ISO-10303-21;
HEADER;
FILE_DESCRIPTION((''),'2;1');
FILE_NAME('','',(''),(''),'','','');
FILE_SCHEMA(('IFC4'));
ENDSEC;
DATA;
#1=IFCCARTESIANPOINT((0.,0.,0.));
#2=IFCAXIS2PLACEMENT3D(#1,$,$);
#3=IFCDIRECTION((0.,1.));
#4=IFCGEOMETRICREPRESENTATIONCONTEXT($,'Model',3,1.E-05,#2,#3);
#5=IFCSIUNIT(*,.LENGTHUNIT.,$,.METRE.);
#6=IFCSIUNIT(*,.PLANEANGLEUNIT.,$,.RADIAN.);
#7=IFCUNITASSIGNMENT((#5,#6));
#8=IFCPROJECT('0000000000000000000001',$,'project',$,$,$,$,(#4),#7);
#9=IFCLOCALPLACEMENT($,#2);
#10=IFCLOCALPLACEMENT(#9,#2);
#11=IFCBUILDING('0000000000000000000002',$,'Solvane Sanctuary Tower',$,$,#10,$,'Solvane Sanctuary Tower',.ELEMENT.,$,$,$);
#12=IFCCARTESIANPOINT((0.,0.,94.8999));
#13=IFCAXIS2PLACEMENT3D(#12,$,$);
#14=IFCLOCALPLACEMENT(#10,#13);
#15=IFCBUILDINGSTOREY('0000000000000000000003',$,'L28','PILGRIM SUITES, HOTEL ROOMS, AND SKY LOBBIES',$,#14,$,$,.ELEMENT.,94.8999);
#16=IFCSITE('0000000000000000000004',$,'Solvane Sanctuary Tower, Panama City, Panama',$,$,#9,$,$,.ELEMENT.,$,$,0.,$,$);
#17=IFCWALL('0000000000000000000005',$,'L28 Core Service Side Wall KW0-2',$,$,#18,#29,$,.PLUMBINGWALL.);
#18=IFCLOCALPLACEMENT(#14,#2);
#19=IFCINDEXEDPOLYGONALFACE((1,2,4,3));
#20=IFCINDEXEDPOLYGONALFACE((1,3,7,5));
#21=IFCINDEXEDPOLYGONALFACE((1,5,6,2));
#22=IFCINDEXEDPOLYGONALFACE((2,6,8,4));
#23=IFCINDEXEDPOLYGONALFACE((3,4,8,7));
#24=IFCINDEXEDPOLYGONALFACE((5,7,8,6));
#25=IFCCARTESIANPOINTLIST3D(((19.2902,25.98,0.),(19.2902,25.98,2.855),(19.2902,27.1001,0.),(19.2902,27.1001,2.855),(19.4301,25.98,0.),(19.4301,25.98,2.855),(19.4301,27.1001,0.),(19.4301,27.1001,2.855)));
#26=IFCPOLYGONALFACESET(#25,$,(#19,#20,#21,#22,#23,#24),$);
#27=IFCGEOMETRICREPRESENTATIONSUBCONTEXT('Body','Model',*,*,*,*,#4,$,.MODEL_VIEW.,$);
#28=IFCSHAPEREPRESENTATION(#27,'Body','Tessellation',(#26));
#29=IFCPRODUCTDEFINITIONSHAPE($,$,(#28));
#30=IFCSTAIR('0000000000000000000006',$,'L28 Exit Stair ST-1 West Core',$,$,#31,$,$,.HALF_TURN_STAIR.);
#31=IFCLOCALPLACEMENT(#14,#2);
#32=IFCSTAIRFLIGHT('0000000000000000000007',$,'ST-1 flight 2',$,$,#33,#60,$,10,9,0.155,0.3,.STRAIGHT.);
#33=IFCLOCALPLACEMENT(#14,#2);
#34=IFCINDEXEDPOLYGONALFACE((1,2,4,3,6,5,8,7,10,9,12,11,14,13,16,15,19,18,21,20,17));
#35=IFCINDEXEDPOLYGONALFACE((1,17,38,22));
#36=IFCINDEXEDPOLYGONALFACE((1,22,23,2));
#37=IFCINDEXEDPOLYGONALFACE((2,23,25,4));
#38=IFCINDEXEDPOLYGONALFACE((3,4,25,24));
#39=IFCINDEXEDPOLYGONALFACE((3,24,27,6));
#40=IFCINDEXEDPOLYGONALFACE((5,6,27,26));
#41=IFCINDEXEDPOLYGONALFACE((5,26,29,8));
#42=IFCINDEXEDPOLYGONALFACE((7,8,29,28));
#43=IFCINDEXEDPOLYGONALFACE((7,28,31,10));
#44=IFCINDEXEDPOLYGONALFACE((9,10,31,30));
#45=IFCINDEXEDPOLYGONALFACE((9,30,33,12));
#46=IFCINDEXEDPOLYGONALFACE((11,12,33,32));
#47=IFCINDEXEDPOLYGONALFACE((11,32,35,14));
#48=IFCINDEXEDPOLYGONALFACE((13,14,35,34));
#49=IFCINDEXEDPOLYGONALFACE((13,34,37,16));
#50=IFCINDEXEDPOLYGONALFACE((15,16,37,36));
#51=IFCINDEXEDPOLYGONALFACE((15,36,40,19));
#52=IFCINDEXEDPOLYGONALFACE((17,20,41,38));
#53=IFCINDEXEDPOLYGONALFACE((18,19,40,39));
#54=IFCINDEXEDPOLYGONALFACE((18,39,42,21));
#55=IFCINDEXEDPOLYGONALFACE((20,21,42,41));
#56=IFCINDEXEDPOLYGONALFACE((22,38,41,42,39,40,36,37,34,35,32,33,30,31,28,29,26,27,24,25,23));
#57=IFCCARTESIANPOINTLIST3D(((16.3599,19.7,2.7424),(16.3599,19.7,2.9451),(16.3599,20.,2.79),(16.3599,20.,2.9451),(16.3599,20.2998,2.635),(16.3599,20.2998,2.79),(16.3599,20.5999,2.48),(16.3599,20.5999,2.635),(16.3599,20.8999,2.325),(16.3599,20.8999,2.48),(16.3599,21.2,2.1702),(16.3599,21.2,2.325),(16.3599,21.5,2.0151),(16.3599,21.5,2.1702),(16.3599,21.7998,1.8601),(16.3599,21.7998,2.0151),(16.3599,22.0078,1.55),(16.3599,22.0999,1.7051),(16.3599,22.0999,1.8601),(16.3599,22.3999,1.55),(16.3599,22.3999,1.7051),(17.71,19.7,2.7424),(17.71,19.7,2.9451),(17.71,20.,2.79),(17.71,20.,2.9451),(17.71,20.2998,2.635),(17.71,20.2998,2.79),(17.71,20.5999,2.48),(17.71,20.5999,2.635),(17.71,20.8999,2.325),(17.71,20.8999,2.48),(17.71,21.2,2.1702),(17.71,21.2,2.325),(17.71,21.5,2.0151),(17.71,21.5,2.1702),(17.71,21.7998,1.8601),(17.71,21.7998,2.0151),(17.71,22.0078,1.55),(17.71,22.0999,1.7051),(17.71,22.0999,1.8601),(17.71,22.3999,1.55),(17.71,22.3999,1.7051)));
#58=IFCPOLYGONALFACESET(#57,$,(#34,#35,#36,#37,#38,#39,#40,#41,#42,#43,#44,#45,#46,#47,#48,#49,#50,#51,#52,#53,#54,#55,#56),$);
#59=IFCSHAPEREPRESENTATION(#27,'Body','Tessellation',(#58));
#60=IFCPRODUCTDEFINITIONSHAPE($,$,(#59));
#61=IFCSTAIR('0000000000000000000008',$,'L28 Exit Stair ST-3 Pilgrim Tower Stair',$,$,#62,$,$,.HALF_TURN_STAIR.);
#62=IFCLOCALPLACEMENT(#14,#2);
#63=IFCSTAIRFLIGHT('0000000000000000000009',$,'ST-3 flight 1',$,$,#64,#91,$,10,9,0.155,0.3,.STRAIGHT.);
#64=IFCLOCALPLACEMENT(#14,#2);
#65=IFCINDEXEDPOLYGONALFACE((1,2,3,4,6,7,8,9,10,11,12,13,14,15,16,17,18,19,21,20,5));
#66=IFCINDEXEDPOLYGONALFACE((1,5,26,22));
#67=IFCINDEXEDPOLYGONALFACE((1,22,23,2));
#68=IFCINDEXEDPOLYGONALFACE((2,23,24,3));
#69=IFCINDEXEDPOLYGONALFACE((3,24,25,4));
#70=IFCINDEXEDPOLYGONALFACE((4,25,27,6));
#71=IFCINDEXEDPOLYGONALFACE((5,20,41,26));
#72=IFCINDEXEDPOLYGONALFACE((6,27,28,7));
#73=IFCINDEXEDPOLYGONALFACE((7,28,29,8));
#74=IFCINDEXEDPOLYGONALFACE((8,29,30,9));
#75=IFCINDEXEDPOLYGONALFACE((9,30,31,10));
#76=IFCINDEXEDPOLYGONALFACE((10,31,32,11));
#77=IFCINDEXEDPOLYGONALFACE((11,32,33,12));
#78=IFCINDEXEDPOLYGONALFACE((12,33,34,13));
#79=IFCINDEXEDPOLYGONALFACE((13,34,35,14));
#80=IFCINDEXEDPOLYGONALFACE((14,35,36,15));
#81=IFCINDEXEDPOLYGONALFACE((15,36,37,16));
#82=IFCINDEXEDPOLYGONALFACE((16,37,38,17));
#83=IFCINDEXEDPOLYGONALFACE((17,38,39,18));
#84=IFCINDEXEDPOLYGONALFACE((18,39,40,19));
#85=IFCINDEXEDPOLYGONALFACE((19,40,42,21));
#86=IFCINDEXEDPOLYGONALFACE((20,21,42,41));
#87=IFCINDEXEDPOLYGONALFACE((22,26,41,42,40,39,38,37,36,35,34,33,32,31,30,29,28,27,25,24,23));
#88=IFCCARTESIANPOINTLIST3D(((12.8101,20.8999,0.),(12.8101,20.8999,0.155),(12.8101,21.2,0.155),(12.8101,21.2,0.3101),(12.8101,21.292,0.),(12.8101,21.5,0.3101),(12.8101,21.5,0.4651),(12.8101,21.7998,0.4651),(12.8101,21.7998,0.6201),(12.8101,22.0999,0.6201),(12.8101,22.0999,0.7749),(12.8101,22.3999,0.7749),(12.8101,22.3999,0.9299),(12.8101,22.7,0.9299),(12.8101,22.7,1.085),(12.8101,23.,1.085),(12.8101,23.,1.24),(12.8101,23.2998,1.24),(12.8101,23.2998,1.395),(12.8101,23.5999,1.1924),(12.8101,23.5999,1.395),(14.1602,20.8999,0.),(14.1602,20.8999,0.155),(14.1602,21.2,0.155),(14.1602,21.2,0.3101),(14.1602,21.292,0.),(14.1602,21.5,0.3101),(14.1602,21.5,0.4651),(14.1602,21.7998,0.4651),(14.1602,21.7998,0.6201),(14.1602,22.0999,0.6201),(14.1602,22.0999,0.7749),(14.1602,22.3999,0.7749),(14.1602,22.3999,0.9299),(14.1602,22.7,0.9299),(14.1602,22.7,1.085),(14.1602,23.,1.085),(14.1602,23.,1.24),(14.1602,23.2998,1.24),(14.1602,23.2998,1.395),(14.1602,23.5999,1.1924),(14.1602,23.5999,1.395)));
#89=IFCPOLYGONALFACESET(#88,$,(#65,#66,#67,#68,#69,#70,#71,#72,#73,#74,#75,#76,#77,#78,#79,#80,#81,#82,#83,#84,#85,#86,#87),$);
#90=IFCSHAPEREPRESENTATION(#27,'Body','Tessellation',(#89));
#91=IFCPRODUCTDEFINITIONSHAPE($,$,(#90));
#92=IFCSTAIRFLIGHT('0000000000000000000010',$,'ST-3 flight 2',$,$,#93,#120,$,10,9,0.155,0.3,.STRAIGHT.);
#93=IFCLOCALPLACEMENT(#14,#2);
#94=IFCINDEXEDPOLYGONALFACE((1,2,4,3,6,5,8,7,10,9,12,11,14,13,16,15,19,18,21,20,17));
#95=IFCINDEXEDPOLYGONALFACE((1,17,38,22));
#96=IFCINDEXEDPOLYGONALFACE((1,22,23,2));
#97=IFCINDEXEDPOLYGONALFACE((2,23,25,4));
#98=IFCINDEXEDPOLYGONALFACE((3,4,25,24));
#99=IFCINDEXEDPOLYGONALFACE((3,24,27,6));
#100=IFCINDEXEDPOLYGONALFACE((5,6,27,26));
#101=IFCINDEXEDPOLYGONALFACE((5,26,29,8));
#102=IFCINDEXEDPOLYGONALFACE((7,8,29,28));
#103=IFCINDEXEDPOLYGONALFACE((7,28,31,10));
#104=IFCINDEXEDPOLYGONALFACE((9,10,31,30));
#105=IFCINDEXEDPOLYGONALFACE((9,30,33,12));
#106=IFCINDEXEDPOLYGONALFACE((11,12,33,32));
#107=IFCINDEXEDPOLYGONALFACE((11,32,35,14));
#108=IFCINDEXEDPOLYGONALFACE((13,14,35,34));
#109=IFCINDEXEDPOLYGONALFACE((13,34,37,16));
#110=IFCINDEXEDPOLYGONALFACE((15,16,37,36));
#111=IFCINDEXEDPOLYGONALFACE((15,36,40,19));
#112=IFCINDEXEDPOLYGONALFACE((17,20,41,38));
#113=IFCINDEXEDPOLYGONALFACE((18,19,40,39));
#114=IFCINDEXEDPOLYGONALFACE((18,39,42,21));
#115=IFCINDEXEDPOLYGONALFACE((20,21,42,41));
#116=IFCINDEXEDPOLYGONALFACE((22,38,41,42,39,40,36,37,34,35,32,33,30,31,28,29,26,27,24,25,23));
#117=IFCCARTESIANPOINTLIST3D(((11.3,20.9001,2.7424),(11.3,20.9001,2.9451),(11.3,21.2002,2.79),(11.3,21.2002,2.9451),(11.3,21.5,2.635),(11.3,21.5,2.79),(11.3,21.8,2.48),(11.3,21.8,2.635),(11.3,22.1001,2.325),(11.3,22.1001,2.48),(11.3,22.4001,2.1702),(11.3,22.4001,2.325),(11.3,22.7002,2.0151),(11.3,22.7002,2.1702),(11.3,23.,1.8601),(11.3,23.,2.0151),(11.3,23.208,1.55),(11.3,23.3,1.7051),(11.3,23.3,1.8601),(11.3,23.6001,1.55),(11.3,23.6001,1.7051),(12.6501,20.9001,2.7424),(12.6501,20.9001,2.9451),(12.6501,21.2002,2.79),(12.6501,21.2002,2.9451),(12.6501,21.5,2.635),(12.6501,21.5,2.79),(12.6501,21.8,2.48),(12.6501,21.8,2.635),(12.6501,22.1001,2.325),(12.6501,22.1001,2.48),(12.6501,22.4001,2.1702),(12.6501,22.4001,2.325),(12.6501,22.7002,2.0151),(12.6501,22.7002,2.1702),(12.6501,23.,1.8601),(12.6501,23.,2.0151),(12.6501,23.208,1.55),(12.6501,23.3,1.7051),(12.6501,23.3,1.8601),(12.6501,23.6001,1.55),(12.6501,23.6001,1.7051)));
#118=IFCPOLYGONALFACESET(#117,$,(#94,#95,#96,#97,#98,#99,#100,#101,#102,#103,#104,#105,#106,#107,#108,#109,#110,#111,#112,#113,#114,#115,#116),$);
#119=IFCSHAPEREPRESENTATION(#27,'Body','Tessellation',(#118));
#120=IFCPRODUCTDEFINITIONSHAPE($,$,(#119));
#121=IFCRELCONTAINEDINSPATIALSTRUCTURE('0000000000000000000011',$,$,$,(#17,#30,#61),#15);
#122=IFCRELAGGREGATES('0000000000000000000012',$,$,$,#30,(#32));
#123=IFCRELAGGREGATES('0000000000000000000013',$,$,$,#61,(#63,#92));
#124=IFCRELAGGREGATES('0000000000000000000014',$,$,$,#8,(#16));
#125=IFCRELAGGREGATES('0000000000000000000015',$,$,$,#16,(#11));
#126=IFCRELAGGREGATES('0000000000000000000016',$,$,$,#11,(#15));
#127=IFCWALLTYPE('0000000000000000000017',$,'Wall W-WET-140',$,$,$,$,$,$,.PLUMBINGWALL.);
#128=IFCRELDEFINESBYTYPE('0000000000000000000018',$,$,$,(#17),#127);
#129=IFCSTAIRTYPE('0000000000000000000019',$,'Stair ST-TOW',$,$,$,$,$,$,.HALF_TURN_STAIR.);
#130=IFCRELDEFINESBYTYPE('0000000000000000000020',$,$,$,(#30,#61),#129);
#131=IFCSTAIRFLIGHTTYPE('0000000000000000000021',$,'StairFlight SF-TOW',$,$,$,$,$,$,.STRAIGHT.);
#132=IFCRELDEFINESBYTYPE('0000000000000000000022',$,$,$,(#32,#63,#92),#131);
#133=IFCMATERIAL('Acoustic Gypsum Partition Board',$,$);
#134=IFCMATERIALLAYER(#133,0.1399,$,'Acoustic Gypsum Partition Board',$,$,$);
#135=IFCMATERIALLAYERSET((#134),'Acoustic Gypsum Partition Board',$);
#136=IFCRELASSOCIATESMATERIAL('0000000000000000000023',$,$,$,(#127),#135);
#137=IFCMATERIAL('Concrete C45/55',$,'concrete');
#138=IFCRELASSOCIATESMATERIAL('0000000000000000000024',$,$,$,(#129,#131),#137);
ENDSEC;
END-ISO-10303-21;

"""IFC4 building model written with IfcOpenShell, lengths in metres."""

from ifc_helpers import new_model, si_unit, direction, frame, frame_2d, origin, place, context, subcontext, project, spatial, polyline, rectangle, outline, extrude, material, layer, layer_set, type_object, element, aggregate, save


model = new_model("IFC4")

# Units and contexts
model_context = context("Model", 3, precision=1e-05, world=origin(), true_north=direction((0.0, 1.0)))
body_context = subcontext(model_context, "Body", "Model", "MODEL_VIEW")
ifc_project = project(units=[si_unit("LENGTHUNIT", "METRE"), si_unit("PLANEANGLEUNIT", "RADIAN")], contexts=[model_context])

# Site, building, storey
site_placement = place(None, origin())
site = spatial("IfcSite", under=ifc_project, at=site_placement, Name="Solvane Sanctuary Tower, Panama City, Panama", CompositionType="ELEMENT", RefElevation=0.0)
building_placement = place(site_placement, origin())
building = spatial("IfcBuilding", under=site, at=building_placement, Name="Solvane Sanctuary Tower", LongName="Solvane Sanctuary Tower", CompositionType="ELEMENT")
storey_placement = place(building_placement, frame((0.0, 0.0, 94.8999)))
storey = spatial("IfcBuildingStorey", under=building, at=storey_placement, Name="L28", Description="PILGRIM SUITES, HOTEL ROOMS, AND SKY LOBBIES", CompositionType="ELEMENT", Elevation=94.8999)

# Shared definitions
ifc_material_1 = material(Name="Acoustic Gypsum Partition Board")

# Wall
ifc_layer_1 = layer(ifc_material_1, 0.1399, Name="Acoustic Gypsum Partition Board")
ifc_layer_set_1 = layer_set([ifc_layer_1], Name="Acoustic Gypsum Partition Board")
wall_type_1 = type_object("IfcWallType", Name="Wall W-WET-140", PredefinedType="PLUMBINGWALL", material=ifc_layer_set_1)
wall_1_placement = place(storey_placement, frame((19.3601, 25.98, 0.0), z_axis=(0.0, 0.0, 1.0), x_axis=(0.0, 1.0, 0.0)))
element("IfcWall", 1, at=wall_1_placement, inside=storey, type_object=wall_type_1, Name="L28 Core Service Side Wall KW0-2", PredefinedType="PLUMBINGWALL", context=body_context, shape_type="SweptSolid", body=[
    extrude(rectangle(XDim=1.1201, YDim=0.1399, at=frame_2d((0.5601, 0.0))), origin(), (0.0, 0.0, 1.0), 2.855),
])

# Stair, stair flight
ifc_material_2 = material(Name="Concrete C45/55", Category="concrete")
stair_type = type_object("IfcStairType", Name="Stair ST-TOW", PredefinedType="HALF_TURN_STAIR", material=ifc_material_2)
stair_1_placement = place(storey_placement, origin())
stair_1 = element("IfcStair", 2, at=stair_1_placement, inside=storey, type_object=stair_type, Name="L28 Exit Stair ST-1 West Core", PredefinedType="HALF_TURN_STAIR")
stair_flight_type = type_object("IfcStairFlightType", Name="StairFlight SF-TOW", PredefinedType="STRAIGHT", material=ifc_material_2)
stair_flight_1_placement = place(storey_placement, frame((17.0349, 22.3999, 1.55), z_axis=(0.0, 0.0, 1.0), x_axis=(0.0, -1.0, 0.0)))
stair_flight_1 = element("IfcStairFlight", 3, at=stair_flight_1_placement, type_object=stair_flight_type, Name="ST-1 flight 2", NumberOfRisers=10, NumberOfTreads=9, PredefinedType="STRAIGHT", RiserHeight=0.155, TreadLength=0.3, context=body_context, shape_type="SweptSolid", body=[
    extrude(outline(polyline([(0.0, 0.0), (0.0, 0.155), (0.3, 0.155), (0.3, 0.3101), (0.6001, 0.3101), (0.6001, 0.4651), (0.8999, 0.4651), (0.8999, 0.6201), (1.2, 0.6201), (1.2, 0.7749), (1.5, 0.7749), (1.5, 0.9299), (1.8, 0.9299), (1.8, 1.085), (2.1001, 1.085), (2.1001, 1.24), (2.3999, 1.24), (2.3999, 1.395), (2.7, 1.395), (2.7, 1.55), (2.7, 1.1924), (0.3921, 0.0), (0.0, 0.0)])), frame((0.0, 0.675, 0.0), z_axis=(0.0, -1.0, 0.0), x_axis=(1.0, 0.0, 0.0)), (0.0, 0.0, 1.0), 1.3501),
])
aggregate(stair_1, [stair_flight_1])

# Stair, stair flights
stair_2_placement = place(storey_placement, origin())
stair_2 = element("IfcStair", 4, at=stair_2_placement, inside=storey, type_object=stair_type, Name="L28 Exit Stair ST-3 Pilgrim Tower Stair", PredefinedType="HALF_TURN_STAIR")
stair_flight_2_placement = place(storey_placement, frame((13.4851, 20.8999, 0.0), z_axis=(0.0, 0.0, 1.0), x_axis=(0.0, 1.0, 0.0)))
stair_flight_2 = element("IfcStairFlight", 5, at=stair_flight_2_placement, type_object=stair_flight_type, Name="ST-3 flight 1", NumberOfRisers=10, NumberOfTreads=9, PredefinedType="STRAIGHT", RiserHeight=0.155, TreadLength=0.3, context=body_context, shape_type="SweptSolid", body=[
    extrude(outline(polyline([(0.0, 0.0), (0.0, 0.155), (0.3, 0.155), (0.3, 0.3101), (0.6001, 0.3101), (0.6001, 0.4651), (0.8999, 0.4651), (0.8999, 0.6201), (1.2, 0.6201), (1.2, 0.7749), (1.5, 0.7749), (1.5, 0.9299), (1.8, 0.9299), (1.8, 1.085), (2.1001, 1.085), (2.1001, 1.24), (2.3999, 1.24), (2.3999, 1.395), (2.7, 1.395), (2.7, 1.55), (2.7, 1.1924), (0.3921, 0.0), (0.0, 0.0)])), frame((0.0, 0.675, 0.0), z_axis=(0.0, -1.0, 0.0), x_axis=(1.0, 0.0, 0.0)), (0.0, 0.0, 1.0), 1.3501),
])
stair_flight_3_placement = place(storey_placement, frame((11.9751, 23.6001, 1.55), z_axis=(0.0, 0.0, 1.0), x_axis=(0.0, -1.0, 0.0)))
stair_flight_3 = element("IfcStairFlight", 6, at=stair_flight_3_placement, type_object=stair_flight_type, Name="ST-3 flight 2", NumberOfRisers=10, NumberOfTreads=9, PredefinedType="STRAIGHT", RiserHeight=0.155, TreadLength=0.3, context=body_context, shape_type="SweptSolid", body=[
    extrude(outline(polyline([(0.0, 0.0), (0.0, 0.155), (0.3, 0.155), (0.3, 0.3101), (0.6001, 0.3101), (0.6001, 0.4651), (0.8999, 0.4651), (0.8999, 0.6201), (1.2, 0.6201), (1.2, 0.7749), (1.5, 0.7749), (1.5, 0.9299), (1.8, 0.9299), (1.8, 1.085), (2.1001, 1.085), (2.1001, 1.24), (2.3999, 1.24), (2.3999, 1.395), (2.7, 1.395), (2.7, 1.55), (2.7, 1.1924), (0.3921, 0.0), (0.0, 0.0)])), frame((0.0, 0.675, 0.0), z_axis=(0.0, -1.0, 0.0), x_axis=(1.0, 0.0, 0.0)), (0.0, 0.0, 1.0), 1.3501),
])
aggregate(stair_2, [stair_flight_2, stair_flight_3])

save(model, "model.ifc")
